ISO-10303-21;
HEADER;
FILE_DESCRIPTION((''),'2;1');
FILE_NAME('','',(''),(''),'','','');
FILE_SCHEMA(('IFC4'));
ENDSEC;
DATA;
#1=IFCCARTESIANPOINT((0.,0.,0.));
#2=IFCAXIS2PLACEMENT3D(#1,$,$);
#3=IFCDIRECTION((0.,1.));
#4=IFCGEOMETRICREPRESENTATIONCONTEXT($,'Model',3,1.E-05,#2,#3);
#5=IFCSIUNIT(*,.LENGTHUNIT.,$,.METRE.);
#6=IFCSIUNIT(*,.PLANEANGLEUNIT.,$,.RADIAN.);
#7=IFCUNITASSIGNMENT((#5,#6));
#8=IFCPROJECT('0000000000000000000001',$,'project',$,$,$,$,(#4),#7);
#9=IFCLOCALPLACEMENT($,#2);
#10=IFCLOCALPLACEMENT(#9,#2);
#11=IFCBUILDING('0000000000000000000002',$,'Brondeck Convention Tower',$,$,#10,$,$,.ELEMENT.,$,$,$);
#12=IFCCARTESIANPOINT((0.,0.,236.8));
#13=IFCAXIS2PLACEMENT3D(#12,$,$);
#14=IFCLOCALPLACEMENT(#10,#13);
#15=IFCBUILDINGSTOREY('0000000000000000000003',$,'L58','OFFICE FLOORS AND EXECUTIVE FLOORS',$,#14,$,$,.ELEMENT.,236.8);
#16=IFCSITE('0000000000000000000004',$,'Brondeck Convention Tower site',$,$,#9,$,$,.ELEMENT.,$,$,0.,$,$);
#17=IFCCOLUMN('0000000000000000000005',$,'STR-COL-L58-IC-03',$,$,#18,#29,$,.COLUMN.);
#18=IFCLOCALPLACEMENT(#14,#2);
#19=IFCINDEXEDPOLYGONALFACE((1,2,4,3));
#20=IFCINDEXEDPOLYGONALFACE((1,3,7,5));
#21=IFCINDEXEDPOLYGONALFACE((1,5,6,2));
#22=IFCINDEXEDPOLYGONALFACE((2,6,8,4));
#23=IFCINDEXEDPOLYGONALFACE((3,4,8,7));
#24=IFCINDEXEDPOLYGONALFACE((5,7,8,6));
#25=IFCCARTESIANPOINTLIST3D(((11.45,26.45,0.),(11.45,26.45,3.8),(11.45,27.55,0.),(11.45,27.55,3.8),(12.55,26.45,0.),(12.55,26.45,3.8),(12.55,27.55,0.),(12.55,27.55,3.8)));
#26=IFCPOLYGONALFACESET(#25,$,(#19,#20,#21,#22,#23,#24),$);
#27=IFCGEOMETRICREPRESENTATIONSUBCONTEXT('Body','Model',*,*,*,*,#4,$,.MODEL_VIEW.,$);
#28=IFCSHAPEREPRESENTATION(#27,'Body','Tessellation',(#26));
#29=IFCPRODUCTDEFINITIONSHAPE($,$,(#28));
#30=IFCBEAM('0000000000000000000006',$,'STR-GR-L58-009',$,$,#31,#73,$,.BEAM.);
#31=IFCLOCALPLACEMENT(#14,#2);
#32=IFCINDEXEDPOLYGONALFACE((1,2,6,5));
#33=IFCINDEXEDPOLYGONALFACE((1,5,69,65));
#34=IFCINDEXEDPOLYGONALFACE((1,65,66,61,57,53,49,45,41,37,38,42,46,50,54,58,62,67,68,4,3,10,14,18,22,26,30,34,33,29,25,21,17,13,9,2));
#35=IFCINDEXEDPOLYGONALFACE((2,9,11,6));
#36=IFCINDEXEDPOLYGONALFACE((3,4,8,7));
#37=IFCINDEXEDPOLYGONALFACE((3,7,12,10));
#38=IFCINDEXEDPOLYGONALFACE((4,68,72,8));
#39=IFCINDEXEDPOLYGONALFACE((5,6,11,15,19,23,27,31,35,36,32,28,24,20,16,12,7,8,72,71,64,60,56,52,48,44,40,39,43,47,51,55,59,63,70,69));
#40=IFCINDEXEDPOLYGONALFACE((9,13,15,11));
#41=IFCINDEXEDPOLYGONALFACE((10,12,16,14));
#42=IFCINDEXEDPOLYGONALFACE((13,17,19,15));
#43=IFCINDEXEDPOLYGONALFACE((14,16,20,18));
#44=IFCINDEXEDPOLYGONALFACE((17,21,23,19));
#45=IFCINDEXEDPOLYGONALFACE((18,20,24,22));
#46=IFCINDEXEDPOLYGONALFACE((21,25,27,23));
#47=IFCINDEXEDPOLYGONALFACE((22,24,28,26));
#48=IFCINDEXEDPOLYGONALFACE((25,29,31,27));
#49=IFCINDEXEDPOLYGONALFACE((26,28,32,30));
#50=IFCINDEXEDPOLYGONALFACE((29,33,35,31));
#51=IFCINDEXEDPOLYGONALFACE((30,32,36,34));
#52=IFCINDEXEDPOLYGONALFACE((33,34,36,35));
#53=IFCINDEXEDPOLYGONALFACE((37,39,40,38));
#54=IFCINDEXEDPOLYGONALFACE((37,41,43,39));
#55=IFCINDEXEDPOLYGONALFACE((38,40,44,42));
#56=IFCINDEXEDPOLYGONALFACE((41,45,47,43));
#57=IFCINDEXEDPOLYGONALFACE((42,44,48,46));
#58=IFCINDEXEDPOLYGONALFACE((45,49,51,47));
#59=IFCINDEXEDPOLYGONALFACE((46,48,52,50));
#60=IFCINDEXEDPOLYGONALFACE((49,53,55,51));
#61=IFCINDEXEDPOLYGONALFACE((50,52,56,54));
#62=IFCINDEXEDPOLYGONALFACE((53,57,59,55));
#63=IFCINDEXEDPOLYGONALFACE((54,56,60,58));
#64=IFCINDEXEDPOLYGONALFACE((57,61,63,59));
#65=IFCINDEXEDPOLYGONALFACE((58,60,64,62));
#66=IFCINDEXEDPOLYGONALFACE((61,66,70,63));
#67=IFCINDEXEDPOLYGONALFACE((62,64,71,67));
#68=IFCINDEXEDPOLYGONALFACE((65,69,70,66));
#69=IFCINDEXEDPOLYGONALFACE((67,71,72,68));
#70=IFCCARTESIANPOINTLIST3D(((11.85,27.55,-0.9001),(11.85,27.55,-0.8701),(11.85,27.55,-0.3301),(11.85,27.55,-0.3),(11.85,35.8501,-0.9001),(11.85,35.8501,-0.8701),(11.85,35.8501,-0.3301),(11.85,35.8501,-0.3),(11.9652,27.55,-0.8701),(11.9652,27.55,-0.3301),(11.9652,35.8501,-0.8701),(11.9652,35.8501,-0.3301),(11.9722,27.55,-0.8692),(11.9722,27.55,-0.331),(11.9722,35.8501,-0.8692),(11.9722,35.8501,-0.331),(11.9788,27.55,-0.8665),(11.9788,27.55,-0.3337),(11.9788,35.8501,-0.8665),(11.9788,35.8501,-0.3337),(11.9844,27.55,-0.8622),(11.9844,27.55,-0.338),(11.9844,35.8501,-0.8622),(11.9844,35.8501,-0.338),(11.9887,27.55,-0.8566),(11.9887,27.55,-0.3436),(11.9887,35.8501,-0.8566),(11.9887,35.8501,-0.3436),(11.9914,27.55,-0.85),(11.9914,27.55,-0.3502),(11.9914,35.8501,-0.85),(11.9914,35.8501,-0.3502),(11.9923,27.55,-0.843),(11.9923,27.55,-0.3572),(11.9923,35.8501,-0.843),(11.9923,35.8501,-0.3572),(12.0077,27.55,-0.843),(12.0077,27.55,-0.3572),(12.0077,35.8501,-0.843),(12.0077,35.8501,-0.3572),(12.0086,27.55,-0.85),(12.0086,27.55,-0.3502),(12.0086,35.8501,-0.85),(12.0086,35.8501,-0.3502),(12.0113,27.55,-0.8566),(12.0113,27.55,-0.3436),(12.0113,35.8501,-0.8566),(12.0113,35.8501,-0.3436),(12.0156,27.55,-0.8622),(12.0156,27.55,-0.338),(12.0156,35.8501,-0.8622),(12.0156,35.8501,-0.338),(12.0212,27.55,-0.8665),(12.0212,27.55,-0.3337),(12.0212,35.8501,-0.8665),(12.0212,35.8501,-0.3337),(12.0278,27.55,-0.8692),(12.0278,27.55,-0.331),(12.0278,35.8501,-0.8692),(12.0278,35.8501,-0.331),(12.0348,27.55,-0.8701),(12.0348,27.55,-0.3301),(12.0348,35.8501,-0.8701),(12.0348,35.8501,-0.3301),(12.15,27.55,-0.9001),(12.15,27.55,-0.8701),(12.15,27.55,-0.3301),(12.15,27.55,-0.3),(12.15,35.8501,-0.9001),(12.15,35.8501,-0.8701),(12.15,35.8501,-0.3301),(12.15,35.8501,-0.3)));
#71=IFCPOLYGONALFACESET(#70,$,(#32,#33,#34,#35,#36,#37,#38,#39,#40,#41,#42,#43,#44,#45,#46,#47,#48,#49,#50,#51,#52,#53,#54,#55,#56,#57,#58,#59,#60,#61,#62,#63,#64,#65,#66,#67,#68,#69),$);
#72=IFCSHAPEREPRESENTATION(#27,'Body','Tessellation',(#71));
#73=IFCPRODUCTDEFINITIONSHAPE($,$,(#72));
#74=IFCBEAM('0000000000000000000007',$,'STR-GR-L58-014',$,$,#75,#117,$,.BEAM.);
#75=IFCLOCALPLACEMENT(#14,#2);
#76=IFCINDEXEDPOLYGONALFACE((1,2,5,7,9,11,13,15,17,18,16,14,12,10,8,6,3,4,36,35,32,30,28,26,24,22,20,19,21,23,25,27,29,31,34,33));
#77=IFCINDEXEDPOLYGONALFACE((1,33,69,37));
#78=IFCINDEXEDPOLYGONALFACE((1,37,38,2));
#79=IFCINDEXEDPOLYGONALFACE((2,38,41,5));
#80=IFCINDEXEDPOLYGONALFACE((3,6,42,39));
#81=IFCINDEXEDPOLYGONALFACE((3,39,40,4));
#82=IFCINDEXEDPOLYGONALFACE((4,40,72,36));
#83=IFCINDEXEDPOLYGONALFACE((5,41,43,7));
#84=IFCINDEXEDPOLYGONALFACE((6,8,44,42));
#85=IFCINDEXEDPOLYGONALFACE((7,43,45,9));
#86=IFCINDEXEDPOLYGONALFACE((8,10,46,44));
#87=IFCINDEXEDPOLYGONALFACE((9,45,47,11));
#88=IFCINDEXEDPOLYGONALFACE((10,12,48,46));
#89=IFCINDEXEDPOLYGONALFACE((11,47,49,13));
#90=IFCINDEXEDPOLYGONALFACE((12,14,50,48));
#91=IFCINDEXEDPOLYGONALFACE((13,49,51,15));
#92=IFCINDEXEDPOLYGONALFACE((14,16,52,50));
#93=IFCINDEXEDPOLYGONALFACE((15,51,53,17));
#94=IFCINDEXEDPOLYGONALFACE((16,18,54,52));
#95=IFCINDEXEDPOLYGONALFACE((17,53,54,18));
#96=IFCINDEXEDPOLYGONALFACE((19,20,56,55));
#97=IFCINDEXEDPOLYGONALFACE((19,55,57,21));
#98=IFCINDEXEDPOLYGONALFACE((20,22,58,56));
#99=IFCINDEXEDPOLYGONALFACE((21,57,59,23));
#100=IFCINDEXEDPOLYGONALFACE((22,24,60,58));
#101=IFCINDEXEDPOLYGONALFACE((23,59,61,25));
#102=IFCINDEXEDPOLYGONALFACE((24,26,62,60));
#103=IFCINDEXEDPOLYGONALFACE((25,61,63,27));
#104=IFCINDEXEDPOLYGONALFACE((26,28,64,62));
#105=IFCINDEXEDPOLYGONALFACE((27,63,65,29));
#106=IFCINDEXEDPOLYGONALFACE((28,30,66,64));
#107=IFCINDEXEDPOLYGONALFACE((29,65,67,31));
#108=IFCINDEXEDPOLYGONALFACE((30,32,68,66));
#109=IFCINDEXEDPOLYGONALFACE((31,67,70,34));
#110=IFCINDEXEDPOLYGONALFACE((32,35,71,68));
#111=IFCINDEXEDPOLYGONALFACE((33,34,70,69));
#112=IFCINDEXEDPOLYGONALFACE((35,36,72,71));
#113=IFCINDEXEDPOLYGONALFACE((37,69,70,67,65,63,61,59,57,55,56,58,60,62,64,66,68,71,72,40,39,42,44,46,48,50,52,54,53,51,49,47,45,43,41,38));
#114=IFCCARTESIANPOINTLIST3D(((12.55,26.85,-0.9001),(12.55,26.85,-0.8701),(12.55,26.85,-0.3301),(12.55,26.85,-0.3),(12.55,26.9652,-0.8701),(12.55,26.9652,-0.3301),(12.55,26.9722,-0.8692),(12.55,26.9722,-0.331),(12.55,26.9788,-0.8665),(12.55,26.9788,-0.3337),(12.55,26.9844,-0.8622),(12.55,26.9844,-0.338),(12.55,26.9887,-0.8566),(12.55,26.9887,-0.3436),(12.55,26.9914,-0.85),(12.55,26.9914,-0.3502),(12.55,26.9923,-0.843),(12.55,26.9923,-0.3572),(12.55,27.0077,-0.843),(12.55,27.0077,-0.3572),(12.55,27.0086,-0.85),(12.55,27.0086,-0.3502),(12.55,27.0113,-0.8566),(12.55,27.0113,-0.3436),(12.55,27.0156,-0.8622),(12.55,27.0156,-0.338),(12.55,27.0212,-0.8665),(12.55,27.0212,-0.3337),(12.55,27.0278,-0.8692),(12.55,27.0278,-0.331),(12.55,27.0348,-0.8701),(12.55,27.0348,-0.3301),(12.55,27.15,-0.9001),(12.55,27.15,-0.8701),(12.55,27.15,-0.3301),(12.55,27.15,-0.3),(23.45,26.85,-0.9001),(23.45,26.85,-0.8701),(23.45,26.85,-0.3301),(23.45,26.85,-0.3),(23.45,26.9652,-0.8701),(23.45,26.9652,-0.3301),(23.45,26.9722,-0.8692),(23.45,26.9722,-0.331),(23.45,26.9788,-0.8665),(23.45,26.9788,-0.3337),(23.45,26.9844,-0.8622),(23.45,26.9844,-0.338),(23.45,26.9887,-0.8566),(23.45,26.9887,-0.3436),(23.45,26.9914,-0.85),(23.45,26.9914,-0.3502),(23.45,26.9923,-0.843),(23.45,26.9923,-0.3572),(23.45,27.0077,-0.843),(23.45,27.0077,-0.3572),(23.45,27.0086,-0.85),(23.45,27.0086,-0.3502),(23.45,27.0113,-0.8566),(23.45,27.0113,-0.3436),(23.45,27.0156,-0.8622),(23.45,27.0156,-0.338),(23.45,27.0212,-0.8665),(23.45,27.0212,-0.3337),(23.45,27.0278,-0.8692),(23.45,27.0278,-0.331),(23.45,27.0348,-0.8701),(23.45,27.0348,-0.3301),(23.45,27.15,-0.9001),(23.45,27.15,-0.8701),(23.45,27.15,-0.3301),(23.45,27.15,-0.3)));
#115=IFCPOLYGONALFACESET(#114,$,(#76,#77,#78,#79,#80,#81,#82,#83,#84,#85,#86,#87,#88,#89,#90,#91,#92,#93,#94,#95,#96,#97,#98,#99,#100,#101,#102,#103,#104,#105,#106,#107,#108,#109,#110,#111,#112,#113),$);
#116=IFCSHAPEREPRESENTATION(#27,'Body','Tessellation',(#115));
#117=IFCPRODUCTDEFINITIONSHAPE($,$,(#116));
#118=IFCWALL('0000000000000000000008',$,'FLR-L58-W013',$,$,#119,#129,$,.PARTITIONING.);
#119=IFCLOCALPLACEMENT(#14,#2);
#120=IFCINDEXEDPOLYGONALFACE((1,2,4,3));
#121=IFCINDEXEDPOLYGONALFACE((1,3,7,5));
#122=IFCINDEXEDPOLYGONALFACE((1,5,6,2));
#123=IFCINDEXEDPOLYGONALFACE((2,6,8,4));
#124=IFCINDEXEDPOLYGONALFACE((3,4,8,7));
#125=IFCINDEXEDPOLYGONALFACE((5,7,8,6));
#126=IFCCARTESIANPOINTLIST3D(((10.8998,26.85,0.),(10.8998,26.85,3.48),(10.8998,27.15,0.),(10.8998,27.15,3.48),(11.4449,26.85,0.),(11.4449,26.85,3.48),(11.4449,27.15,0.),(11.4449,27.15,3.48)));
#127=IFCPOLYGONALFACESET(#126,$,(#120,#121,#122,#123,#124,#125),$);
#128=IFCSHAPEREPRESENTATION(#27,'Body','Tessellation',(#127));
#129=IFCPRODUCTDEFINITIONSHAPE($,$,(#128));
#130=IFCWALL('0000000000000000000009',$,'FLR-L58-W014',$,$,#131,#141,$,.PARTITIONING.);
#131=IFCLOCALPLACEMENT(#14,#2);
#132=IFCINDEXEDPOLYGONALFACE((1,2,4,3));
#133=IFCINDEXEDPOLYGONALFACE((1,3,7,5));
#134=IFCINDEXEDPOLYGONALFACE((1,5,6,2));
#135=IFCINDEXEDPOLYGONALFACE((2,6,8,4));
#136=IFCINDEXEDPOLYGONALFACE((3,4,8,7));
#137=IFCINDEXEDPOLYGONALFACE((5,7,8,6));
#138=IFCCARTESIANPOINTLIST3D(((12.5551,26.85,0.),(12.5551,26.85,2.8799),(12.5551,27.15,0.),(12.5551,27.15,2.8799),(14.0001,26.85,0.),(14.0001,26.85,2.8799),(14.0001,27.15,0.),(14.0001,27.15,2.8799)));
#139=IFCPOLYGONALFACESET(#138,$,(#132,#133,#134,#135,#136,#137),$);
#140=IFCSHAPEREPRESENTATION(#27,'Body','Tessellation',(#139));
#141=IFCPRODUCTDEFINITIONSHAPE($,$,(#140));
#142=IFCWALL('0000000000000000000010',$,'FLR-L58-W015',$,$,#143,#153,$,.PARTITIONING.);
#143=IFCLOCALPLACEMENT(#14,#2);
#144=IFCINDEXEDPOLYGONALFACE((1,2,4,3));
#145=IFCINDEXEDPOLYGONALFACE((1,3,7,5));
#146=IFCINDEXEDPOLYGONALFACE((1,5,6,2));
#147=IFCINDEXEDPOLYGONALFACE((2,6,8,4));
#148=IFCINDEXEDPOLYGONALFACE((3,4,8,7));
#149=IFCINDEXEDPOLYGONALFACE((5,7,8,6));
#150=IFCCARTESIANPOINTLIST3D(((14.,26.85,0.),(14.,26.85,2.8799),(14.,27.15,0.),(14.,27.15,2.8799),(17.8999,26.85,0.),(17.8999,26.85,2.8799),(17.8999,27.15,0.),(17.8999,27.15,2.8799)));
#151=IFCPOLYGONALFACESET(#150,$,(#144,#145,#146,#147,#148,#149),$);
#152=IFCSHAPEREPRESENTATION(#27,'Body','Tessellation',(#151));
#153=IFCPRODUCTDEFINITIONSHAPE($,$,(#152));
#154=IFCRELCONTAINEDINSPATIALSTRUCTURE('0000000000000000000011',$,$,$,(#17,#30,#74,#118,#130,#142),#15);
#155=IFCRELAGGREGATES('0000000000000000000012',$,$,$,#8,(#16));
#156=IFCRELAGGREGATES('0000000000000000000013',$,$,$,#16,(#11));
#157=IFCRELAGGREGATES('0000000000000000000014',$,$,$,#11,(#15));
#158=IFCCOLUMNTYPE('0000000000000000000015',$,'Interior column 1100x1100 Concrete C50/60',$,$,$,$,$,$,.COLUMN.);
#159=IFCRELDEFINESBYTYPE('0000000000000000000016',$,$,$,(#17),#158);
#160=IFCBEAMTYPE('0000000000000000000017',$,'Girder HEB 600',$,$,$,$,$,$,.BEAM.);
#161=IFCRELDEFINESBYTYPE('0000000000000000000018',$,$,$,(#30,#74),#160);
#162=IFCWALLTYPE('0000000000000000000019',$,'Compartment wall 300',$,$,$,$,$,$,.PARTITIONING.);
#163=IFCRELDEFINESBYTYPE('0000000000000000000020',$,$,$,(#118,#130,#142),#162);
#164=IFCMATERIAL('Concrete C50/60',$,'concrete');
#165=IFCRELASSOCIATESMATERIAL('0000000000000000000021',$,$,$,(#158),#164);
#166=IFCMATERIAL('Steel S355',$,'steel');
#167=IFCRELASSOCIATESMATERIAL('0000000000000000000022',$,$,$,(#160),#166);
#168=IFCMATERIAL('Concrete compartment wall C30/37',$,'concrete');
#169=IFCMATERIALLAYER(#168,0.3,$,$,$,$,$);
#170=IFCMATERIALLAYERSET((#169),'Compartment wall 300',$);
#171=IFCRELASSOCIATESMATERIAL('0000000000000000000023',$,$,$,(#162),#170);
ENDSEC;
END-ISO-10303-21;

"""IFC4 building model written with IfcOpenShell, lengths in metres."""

from ifc_helpers import new_model, si_unit, direction, frame, frame_2d, origin, origin_2d, place, context, subcontext, project, spatial, rectangle, i_section, extrude, material, layer, layer_set, material_profile, profile_set, type_object, element, save


model = new_model("IFC4")

# Units and contexts
model_context = context("Model", 3, precision=1e-05, world=origin(), true_north=direction((0.0, 1.0)))
body_context = subcontext(model_context, "Body", "Model", "MODEL_VIEW")
ifc_project = project(units=[si_unit("LENGTHUNIT", "METRE"), si_unit("PLANEANGLEUNIT", "RADIAN")], contexts=[model_context])

# Site, building, storey
site_placement = place(None, origin())
site = spatial("IfcSite", under=ifc_project, at=site_placement, Name="Brondeck Convention Tower site", CompositionType="ELEMENT", RefElevation=0.0)
building_placement = place(site_placement, origin())
building = spatial("IfcBuilding", under=site, at=building_placement, Name="Brondeck Convention Tower", CompositionType="ELEMENT")
storey_placement = place(building_placement, frame((0.0, 0.0, 236.8)))
storey = spatial("IfcBuildingStorey", under=building, at=storey_placement, Name="L58", Description="OFFICE FLOORS AND EXECUTIVE FLOORS", CompositionType="ELEMENT", Elevation=236.8)

# Column
ifc_material_1 = material(Name="Concrete C50/60", Category="concrete")
ifc_material_profile_1 = material_profile(ifc_material_1, rectangle(XDim=1.1001, YDim=1.1001, at=origin_2d()), Name="Interior column 1100x1100 Concrete C50/60")
ifc_profile_set_1 = profile_set([ifc_material_profile_1], Name="Concrete C50/60")
column_type = type_object("IfcColumnType", Name="Interior column 1100x1100 Concrete C50/60", PredefinedType="COLUMN", material=ifc_profile_set_1)
column_placement = place(storey_placement, frame((12.0, 27.0, 0.0), z_axis=(0.0, 0.0, 1.0), x_axis=(1.0, 0.0, 0.0)))
element("IfcColumn", 1, at=column_placement, inside=storey, type_object=column_type, Name="STR-COL-L58-IC-03", PredefinedType="COLUMN", context=body_context, shape_type="SweptSolid", body=[
    extrude(rectangle(XDim=1.1001, YDim=1.1001, at=origin_2d()), origin(), (0.0, 0.0, 1.0), 3.8),
])

# Beams
ifc_material_2 = material(Name="Steel S355", Category="steel")
ifc_material_profile_2 = material_profile(ifc_material_2, i_section(OverallWidth=0.3, OverallDepth=0.6001, WebThickness=0.0154, FlangeThickness=0.03, FilletRadius=0.0271, at=origin_2d()), Name="HEB 600")
ifc_profile_set_2 = profile_set([ifc_material_profile_2], Name="Steel S355")
beam_type = type_object("IfcBeamType", Name="Girder HEB 600", PredefinedType="BEAM", material=ifc_profile_set_2)
beam_1_placement = place(storey_placement, frame((12.0, 35.8501, -0.6001), z_axis=(0.0, -1.0, 0.0), x_axis=(1.0, 0.0, 0.0)))
element("IfcBeam", 2, at=beam_1_placement, inside=storey, type_object=beam_type, Name="STR-GR-L58-009", PredefinedType="BEAM", context=body_context, shape_type="SweptSolid", body=[
    extrude(i_section(OverallWidth=0.3, OverallDepth=0.6001, WebThickness=0.0154, FlangeThickness=0.03, FilletRadius=0.0271, at=origin_2d()), origin(), (0.0, 0.0, 1.0), 8.3),
])
beam_2_placement = place(storey_placement, frame((12.55, 27.0, -0.6001), z_axis=(1.0, 0.0, 0.0), x_axis=(0.0, 1.0, 0.0)))
element("IfcBeam", 3, at=beam_2_placement, inside=storey, type_object=beam_type, Name="STR-GR-L58-014", PredefinedType="BEAM", context=body_context, shape_type="SweptSolid", body=[
    extrude(i_section(OverallWidth=0.3, OverallDepth=0.6001, WebThickness=0.0154, FlangeThickness=0.03, FilletRadius=0.0271, at=origin_2d()), origin(), (0.0, 0.0, 1.0), 10.8999),
])

# Walls
ifc_material_3 = material(Name="Concrete compartment wall C30/37", Category="concrete")
ifc_layer_1 = layer(ifc_material_3, 0.3)
ifc_layer_set_1 = layer_set([ifc_layer_1], Name="Compartment wall 300")
wall_type_1 = type_object("IfcWallType", Name="Compartment wall 300", PredefinedType="PARTITIONING", material=ifc_layer_set_1)
wall_1_placement = place(storey_placement, frame((10.8999, 27.0, 0.0), z_axis=(0.0, 0.0, 1.0), x_axis=(1.0, 0.0, 0.0)))
element("IfcWall", 4, at=wall_1_placement, inside=storey, type_object=wall_type_1, Name="FLR-L58-W013", PredefinedType="PARTITIONING", context=body_context, shape_type="SweptSolid", body=[
    extrude(rectangle(XDim=0.5452, YDim=0.3, at=frame_2d((0.2725, 0.0))), origin(), (0.0, 0.0, 1.0), 3.48),
])
wall_2_placement = place(storey_placement, frame((12.5549, 27.0, 0.0), z_axis=(0.0, 0.0, 1.0), x_axis=(1.0, 0.0, 0.0)))
element("IfcWall", 5, at=wall_2_placement, inside=storey, type_object=wall_type_1, Name="FLR-L58-W014", PredefinedType="PARTITIONING", context=body_context, shape_type="SweptSolid", body=[
    extrude(rectangle(XDim=1.4451, YDim=0.3, at=frame_2d((0.7227, 0.0))), origin(), (0.0, 0.0, 1.0), 2.8799),
])
wall_3_placement = place(storey_placement, frame((14.0, 27.0, 0.0), z_axis=(0.0, 0.0, 1.0), x_axis=(1.0, 0.0, 0.0)))
element("IfcWall", 6, at=wall_3_placement, inside=storey, type_object=wall_type_1, Name="FLR-L58-W015", PredefinedType="PARTITIONING", context=body_context, shape_type="SweptSolid", body=[
    extrude(rectangle(XDim=3.8999, YDim=0.3, at=frame_2d((1.95, 0.0))), origin(), (0.0, 0.0, 1.0), 2.8799),
])

save(model, "model.ifc")
